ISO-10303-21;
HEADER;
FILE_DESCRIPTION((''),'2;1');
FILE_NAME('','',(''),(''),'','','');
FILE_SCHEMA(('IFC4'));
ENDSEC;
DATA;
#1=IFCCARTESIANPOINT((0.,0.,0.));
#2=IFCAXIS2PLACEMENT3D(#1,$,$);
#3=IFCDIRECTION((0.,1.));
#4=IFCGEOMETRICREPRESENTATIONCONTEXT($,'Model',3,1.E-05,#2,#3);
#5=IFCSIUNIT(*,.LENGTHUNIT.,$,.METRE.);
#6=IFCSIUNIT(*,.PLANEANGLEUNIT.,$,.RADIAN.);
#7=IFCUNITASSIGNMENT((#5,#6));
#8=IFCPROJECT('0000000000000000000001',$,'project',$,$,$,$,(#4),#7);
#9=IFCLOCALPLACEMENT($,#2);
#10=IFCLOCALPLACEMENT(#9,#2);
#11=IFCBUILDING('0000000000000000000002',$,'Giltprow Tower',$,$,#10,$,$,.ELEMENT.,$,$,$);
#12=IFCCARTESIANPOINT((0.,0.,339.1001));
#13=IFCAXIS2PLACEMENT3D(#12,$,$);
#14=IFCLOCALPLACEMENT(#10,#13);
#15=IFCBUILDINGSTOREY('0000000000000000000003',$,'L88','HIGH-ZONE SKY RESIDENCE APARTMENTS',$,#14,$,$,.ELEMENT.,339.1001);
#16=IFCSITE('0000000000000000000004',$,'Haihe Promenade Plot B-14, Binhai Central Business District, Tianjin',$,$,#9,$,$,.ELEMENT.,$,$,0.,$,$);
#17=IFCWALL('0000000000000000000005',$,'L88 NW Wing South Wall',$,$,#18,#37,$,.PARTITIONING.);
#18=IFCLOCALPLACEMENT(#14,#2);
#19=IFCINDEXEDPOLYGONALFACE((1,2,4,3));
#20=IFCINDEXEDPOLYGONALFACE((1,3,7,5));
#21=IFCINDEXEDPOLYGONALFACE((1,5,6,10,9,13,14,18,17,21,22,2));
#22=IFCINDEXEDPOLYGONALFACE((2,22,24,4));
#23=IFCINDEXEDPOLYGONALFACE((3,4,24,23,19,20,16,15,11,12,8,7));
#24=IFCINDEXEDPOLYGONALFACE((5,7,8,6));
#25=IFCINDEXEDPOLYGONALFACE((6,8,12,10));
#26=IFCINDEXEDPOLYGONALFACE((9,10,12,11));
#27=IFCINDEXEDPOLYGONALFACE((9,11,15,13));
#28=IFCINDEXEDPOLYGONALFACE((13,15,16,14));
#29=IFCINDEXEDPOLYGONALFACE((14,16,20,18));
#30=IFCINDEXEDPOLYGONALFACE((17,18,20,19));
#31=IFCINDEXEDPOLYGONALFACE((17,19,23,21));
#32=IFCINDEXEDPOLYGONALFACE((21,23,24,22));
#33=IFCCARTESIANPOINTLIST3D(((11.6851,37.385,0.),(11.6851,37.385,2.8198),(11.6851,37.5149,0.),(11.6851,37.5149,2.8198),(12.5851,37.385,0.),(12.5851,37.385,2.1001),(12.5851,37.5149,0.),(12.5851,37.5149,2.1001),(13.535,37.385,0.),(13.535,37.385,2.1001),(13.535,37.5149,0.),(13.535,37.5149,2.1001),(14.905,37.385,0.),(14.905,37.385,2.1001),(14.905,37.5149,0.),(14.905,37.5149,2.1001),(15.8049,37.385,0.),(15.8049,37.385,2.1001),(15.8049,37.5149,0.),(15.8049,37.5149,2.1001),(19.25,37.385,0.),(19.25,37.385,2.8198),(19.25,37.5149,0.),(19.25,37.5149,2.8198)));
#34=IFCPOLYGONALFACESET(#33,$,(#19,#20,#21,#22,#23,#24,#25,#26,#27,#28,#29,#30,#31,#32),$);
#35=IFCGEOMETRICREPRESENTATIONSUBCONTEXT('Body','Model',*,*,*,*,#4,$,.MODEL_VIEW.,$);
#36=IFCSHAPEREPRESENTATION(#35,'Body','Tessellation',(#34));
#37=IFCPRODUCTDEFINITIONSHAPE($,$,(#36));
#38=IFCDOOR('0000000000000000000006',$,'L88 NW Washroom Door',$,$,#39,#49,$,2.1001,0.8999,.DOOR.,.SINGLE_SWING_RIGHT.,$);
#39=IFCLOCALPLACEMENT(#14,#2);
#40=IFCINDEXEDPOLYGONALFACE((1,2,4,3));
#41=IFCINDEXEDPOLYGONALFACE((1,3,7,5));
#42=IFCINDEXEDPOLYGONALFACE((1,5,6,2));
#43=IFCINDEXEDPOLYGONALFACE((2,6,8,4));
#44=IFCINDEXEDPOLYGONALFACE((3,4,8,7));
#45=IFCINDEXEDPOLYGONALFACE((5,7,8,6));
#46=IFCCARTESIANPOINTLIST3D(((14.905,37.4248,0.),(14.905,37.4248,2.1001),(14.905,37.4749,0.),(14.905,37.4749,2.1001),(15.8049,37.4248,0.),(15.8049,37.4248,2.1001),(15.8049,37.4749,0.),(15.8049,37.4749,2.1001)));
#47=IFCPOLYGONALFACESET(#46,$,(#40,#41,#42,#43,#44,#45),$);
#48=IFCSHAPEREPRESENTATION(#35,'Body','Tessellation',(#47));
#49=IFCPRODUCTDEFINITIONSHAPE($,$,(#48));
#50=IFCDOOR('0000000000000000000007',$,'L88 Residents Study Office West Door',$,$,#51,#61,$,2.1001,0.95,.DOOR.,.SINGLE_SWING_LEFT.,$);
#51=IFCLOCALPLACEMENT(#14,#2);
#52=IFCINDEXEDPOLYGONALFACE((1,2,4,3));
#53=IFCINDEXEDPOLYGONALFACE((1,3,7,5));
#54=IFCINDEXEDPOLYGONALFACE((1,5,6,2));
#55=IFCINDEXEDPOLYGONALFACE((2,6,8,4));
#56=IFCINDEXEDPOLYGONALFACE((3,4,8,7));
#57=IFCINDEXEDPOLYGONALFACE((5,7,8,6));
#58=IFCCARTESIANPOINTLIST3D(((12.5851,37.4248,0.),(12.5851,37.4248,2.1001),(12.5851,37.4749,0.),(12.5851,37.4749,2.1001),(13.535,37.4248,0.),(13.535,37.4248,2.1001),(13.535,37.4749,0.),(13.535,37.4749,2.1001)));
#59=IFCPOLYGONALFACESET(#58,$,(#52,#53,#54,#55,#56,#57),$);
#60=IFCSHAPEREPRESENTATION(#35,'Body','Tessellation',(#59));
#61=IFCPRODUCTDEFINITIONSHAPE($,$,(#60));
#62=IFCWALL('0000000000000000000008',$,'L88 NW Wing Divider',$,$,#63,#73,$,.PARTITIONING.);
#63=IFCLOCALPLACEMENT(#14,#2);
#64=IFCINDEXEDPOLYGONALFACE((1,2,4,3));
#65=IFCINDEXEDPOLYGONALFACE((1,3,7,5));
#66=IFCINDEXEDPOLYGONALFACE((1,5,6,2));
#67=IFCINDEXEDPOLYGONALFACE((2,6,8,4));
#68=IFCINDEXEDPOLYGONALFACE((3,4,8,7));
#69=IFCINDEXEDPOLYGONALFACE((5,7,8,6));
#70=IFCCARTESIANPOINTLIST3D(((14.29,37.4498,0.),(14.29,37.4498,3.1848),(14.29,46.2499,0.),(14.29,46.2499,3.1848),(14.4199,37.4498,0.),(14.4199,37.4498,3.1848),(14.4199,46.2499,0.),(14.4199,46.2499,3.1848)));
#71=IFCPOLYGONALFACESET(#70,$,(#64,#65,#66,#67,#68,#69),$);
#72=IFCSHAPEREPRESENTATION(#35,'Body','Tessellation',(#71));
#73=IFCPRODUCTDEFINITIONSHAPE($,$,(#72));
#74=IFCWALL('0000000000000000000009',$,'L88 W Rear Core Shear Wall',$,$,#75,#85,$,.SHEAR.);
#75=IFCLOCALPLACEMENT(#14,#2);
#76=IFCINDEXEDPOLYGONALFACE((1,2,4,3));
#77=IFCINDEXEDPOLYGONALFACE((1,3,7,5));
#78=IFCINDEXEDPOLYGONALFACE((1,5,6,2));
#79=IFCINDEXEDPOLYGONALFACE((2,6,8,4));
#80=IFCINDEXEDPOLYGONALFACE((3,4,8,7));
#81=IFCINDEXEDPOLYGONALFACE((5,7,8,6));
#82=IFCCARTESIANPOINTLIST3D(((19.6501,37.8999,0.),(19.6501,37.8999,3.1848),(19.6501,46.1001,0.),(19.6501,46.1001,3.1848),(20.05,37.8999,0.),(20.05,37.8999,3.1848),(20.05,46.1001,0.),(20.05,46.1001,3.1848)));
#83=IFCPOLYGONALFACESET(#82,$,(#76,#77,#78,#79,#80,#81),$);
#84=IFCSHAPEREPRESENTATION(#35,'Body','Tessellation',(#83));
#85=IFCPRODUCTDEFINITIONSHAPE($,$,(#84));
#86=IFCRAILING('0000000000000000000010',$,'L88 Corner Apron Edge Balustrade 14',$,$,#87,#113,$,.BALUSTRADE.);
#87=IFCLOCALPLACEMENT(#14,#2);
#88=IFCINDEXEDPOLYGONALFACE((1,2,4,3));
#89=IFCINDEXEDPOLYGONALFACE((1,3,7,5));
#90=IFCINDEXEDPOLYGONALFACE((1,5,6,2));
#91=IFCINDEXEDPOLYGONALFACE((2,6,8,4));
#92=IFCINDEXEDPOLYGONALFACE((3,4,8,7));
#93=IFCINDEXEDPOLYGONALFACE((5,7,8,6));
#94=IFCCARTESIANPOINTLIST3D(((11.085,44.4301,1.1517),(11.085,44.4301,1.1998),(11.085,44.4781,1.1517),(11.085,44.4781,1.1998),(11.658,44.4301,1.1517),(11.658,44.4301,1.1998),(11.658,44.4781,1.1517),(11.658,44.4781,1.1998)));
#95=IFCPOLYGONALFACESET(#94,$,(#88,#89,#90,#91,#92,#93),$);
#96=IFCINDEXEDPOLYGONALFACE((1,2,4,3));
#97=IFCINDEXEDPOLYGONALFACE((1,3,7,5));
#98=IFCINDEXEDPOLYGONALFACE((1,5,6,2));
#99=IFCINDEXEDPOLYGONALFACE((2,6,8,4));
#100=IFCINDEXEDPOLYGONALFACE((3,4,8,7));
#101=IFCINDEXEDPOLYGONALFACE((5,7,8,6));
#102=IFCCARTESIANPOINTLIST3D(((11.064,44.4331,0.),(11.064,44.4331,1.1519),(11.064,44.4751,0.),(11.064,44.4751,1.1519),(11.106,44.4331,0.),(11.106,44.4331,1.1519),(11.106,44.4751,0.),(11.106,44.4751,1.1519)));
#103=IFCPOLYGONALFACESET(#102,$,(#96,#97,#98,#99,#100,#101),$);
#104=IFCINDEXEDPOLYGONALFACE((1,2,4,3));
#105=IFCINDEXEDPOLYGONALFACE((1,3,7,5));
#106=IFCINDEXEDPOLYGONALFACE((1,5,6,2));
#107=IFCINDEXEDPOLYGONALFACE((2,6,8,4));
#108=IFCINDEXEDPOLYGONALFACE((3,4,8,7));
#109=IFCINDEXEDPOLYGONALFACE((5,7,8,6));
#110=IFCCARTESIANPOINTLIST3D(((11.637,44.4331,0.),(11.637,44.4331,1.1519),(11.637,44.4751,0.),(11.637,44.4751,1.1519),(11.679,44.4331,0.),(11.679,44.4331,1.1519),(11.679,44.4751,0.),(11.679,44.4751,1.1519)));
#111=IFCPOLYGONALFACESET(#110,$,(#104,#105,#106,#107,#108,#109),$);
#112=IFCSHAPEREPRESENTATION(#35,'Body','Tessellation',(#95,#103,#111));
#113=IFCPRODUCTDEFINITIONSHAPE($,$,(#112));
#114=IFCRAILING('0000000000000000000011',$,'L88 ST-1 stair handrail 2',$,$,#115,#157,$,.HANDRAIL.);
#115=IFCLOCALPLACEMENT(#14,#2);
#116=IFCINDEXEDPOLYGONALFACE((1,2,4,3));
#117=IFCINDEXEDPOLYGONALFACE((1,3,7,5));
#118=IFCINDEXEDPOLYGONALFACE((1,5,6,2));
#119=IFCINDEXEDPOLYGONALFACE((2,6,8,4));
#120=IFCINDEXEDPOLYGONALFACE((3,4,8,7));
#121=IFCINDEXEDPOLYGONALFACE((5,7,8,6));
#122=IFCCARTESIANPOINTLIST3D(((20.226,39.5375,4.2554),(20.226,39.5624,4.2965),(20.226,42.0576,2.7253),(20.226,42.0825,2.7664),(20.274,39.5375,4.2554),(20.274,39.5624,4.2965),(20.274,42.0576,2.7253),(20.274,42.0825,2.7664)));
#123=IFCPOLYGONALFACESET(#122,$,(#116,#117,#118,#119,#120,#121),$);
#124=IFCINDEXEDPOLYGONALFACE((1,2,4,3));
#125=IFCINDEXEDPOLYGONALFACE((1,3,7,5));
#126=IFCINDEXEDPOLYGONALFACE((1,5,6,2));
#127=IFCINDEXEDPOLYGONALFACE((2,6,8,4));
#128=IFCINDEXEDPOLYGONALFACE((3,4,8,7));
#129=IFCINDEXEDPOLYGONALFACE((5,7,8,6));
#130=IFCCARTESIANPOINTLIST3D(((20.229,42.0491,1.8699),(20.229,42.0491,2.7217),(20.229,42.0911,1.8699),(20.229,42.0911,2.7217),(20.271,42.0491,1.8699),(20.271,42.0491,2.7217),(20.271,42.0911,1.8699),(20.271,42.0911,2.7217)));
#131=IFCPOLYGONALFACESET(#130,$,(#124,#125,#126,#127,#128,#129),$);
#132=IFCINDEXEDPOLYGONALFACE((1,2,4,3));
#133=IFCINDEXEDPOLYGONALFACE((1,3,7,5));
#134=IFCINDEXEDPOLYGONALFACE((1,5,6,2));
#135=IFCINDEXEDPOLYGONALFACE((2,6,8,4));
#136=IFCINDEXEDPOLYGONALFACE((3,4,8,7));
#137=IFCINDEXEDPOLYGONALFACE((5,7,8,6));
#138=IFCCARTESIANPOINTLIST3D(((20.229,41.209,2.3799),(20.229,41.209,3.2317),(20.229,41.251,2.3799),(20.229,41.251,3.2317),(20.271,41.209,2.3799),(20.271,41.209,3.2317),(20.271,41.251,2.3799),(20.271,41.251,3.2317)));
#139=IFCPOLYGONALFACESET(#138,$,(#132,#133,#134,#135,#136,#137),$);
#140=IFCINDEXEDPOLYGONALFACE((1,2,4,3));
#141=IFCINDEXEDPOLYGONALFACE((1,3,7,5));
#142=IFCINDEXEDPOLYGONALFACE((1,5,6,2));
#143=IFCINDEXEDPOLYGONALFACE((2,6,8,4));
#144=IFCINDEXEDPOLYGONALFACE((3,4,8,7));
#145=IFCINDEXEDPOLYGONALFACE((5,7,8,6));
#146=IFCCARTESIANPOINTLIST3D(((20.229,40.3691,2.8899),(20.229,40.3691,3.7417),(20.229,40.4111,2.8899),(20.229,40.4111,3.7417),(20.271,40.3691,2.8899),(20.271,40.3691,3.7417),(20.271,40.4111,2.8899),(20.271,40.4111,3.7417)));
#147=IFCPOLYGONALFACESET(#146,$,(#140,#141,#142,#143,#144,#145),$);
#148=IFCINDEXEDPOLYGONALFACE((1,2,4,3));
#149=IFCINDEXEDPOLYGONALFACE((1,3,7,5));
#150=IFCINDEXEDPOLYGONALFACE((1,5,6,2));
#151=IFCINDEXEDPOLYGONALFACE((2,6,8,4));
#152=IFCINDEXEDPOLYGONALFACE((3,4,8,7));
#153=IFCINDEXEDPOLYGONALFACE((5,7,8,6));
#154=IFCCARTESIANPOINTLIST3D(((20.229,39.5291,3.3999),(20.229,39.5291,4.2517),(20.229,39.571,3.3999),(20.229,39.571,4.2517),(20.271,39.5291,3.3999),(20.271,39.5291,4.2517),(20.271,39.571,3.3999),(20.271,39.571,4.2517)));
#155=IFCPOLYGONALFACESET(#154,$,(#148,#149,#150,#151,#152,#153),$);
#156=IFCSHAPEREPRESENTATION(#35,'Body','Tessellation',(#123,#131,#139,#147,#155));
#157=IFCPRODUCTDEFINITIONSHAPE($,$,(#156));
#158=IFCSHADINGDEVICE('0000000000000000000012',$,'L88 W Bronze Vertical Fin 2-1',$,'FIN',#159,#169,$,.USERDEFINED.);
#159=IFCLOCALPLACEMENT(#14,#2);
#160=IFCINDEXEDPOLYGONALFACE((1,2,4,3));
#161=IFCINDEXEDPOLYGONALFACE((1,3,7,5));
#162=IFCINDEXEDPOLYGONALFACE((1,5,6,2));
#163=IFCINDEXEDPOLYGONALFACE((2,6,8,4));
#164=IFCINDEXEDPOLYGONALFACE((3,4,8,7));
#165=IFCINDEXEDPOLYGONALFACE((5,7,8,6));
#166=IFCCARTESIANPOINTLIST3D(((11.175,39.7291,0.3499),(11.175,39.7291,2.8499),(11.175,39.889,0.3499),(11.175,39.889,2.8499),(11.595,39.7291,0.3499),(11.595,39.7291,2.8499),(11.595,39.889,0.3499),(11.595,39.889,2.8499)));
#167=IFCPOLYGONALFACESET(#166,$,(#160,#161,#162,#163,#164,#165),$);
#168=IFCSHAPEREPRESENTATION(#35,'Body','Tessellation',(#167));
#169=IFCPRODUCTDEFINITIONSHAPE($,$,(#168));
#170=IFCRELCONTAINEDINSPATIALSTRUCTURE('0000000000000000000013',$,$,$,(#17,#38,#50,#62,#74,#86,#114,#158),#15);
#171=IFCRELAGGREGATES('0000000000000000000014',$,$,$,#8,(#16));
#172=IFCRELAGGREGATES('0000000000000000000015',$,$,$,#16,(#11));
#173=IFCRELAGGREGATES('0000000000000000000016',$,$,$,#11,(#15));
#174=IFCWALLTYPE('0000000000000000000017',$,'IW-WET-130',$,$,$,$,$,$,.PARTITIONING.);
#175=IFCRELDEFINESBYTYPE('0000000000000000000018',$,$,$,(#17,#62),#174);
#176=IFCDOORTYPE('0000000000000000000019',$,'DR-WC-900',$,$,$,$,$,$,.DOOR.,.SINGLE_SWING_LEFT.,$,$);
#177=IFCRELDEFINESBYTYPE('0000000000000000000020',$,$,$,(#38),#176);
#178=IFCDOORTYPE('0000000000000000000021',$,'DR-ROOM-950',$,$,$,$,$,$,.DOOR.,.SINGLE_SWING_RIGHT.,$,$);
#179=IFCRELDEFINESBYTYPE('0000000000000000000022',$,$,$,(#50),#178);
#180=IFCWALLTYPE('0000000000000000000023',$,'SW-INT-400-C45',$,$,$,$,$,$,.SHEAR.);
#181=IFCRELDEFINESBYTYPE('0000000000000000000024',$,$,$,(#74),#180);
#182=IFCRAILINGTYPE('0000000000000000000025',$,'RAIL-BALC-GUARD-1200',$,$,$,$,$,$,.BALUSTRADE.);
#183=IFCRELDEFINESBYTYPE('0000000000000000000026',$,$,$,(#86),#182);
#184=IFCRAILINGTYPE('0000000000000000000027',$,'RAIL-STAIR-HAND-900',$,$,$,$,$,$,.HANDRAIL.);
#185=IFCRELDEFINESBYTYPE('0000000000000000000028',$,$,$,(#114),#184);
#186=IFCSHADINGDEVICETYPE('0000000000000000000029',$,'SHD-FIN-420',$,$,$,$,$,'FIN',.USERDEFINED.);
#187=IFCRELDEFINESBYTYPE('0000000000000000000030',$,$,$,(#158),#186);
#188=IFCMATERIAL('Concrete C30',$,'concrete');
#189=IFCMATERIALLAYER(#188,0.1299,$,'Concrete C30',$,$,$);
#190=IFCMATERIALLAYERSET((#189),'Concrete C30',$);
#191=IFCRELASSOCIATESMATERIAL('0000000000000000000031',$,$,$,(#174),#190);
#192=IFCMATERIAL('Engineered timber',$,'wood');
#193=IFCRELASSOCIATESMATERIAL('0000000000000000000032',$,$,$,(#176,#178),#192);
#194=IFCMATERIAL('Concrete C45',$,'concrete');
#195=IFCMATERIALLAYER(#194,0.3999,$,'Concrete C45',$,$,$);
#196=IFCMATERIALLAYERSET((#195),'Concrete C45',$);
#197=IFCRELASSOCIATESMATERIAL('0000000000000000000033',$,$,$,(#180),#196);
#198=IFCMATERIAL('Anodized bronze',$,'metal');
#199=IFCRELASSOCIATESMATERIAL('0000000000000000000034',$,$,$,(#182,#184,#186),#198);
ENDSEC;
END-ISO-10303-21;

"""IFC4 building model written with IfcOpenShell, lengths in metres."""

from ifc_helpers import new_model, si_unit, direction, frame, frame_2d, origin, origin_2d, place, context, subcontext, project, spatial, rectangle, extrude, source, transform, mapped, material, layer, layer_set, type_object, element, fill, save


model = new_model("IFC4")

# Units and contexts
model_context = context("Model", 3, precision=1e-05, world=origin(), true_north=direction((0.0, 1.0)))
body_context = subcontext(model_context, "Body", "Model", "MODEL_VIEW")
ifc_project = project(units=[si_unit("LENGTHUNIT", "METRE"), si_unit("PLANEANGLEUNIT", "RADIAN")], contexts=[model_context])

# Site, building, storey
site_placement = place(None, origin())
site = spatial("IfcSite", under=ifc_project, at=site_placement, Name="Haihe Promenade Plot B-14, Binhai Central Business District, Tianjin", CompositionType="ELEMENT", RefElevation=0.0)
building_placement = place(site_placement, origin())
building = spatial("IfcBuilding", under=site, at=building_placement, Name="Giltprow Tower", CompositionType="ELEMENT")
storey_placement = place(building_placement, frame((0.0, 0.0, 339.1001)))
storey = spatial("IfcBuildingStorey", under=building, at=storey_placement, Name="L88", Description="HIGH-ZONE SKY RESIDENCE APARTMENTS", CompositionType="ELEMENT", Elevation=339.1001)

# Shared definitions
ifc_material_1 = material(Name="Concrete C45", Category="concrete")

# Wall, openings, doors
ifc_material_2 = material(Name="Concrete C30", Category="concrete")
ifc_layer_1 = layer(ifc_material_2, 0.1299, Name="Concrete C30")
ifc_layer_set_1 = layer_set([ifc_layer_1], Name="Concrete C30")
wall_type_1 = type_object("IfcWallType", Name="IW-WET-130", PredefinedType="PARTITIONING", material=ifc_layer_set_1)
wall_1_placement = place(storey_placement, frame((11.6851, 37.45, 0.0), z_axis=(0.0, 0.0, 1.0), x_axis=(1.0, 0.0, 0.0)))
wall_1 = element("IfcWall", 1, at=wall_1_placement, inside=storey, type_object=wall_type_1, Name="L88 NW Wing South Wall", PredefinedType="PARTITIONING", context=body_context, shape_type="SweptSolid", body=[
    extrude(rectangle(XDim=7.5649, YDim=0.1299, at=frame_2d((3.7825, 0.0))), origin(), (0.0, 0.0, 1.0), 2.8198),
])
opening_1_placement = place(wall_1_placement, frame((0.8999, 0.0, 0.0)))
opening_1 = element("IfcOpeningElement", 2, at=opening_1_placement, cuts=wall_1, PredefinedType="OPENING", context=body_context, shape_type="SweptSolid", body=[
    extrude(rectangle(XDim=0.95, YDim=2.1001, at=frame_2d((0.4751, 1.05))), frame((0.0, 0.075, 0.0), z_axis=(0.0, -1.0, 0.0), x_axis=(1.0, 0.0, 0.0)), (0.0, 0.0, 1.0), 0.1499),
])
opening_2_placement = place(wall_1_placement, frame((3.22, 0.0, 0.0)))
opening_2 = element("IfcOpeningElement", 3, at=opening_2_placement, cuts=wall_1, PredefinedType="OPENING", context=body_context, shape_type="SweptSolid", body=[
    extrude(rectangle(XDim=0.8999, YDim=2.1001, at=frame_2d((0.45, 1.05))), frame((0.0, 0.075, 0.0), z_axis=(0.0, -1.0, 0.0), x_axis=(1.0, 0.0, 0.0)), (0.0, 0.0, 1.0), 0.1499),
])
ifc_material_3 = material(Name="Engineered timber", Category="wood")
door_type_1 = type_object("IfcDoorType", Name="DR-WC-900", OperationType="SINGLE_SWING_LEFT", PredefinedType="DOOR", material=ifc_material_3)
shared_shape_1 = source(origin(), body_context, "Body", "SweptSolid", [
    extrude(rectangle(XDim=0.8999, YDim=2.1001, at=frame_2d((0.45, 1.05))), frame((0.0, 0.0249, 0.0), z_axis=(0.0, -1.0, 0.0), x_axis=(1.0, 0.0, 0.0)), (0.0, 0.0, 1.0), 0.05),
])
door_1_placement = place(opening_2_placement, origin())
door_1 = element("IfcDoor", 4, at=door_1_placement, inside=storey, type_object=door_type_1, Name="L88 NW Washroom Door", OperationType="SINGLE_SWING_RIGHT", OverallHeight=2.1001, OverallWidth=0.8999, PredefinedType="DOOR", context=body_context, shape_type="MappedRepresentation", body=[
    mapped(shared_shape_1, transform((0.0, 0.0, 0.0), x_axis=(1.0, 0.0, 0.0), y_axis=(0.0, 1.0, 0.0), z_axis=(0.0, 0.0, 1.0), scale=1.0)),
])
fill(opening_2, door_1)
door_type_2 = type_object("IfcDoorType", Name="DR-ROOM-950", OperationType="SINGLE_SWING_RIGHT", PredefinedType="DOOR", material=ifc_material_3)
shared_shape_2 = source(origin(), body_context, "Body", "SweptSolid", [
    extrude(rectangle(XDim=0.95, YDim=2.1001, at=frame_2d((0.4751, 1.05))), frame((0.0, 0.0249, 0.0), z_axis=(0.0, -1.0, 0.0), x_axis=(1.0, 0.0, 0.0)), (0.0, 0.0, 1.0), 0.05),
])
door_2_placement = place(opening_1_placement, origin())
door_2 = element("IfcDoor", 5, at=door_2_placement, inside=storey, type_object=door_type_2, Name="L88 Residents Study Office West Door", OperationType="SINGLE_SWING_LEFT", OverallHeight=2.1001, OverallWidth=0.95, PredefinedType="DOOR", context=body_context, shape_type="MappedRepresentation", body=[
    mapped(shared_shape_2, transform((0.0, 0.0, 0.0), x_axis=(1.0, 0.0, 0.0), y_axis=(0.0, 1.0, 0.0), z_axis=(0.0, 0.0, 1.0), scale=1.0)),
])
fill(opening_1, door_2)

# Wall
wall_2_placement = place(storey_placement, frame((14.355, 37.45, 0.0), z_axis=(0.0, 0.0, 1.0), x_axis=(0.0, 1.0, 0.0)))
element("IfcWall", 6, at=wall_2_placement, inside=storey, type_object=wall_type_1, Name="L88 NW Wing Divider", PredefinedType="PARTITIONING", context=body_context, shape_type="SweptSolid", body=[
    extrude(rectangle(XDim=8.8, YDim=0.1299, at=frame_2d((4.3999, 0.0))), origin(), (0.0, 0.0, 1.0), 3.1848),
])

# Shared definitions
ifc_layer_2 = layer(ifc_material_1, 0.3999, Name="Concrete C45")
ifc_layer_set_2 = layer_set([ifc_layer_2], Name="Concrete C45")
wall_type_2 = type_object("IfcWallType", Name="SW-INT-400-C45", PredefinedType="SHEAR", material=ifc_layer_set_2)

# Wall
wall_3_placement = place(storey_placement, frame((19.8501, 37.8999, 0.0), z_axis=(0.0, 0.0, 1.0), x_axis=(0.0, 1.0, 0.0)))
element("IfcWall", 7, at=wall_3_placement, inside=storey, type_object=wall_type_2, Name="L88 W Rear Core Shear Wall", PredefinedType="SHEAR", context=body_context, shape_type="SweptSolid", body=[
    extrude(rectangle(XDim=8.2002, YDim=0.3999, at=frame_2d((4.1001, 0.0))), origin(), (0.0, 0.0, 1.0), 3.1848),
])

# Railings
ifc_material_4 = material(Name="Anodized bronze", Category="metal")
railing_type_1 = type_object("IfcRailingType", Name="RAIL-BALC-GUARD-1200", PredefinedType="BALUSTRADE", material=ifc_material_4)
railing_1_placement = place(storey_placement, frame((11.085, 44.4541, 0.0)))
element("IfcRailing", 8, at=railing_1_placement, inside=storey, type_object=railing_type_1, Name="L88 Corner Apron Edge Balustrade 14", PredefinedType="BALUSTRADE", context=body_context, shape_type="SweptSolid", body=[
    extrude(rectangle(XDim=0.0481, YDim=0.0481, at=origin_2d()), frame((0.0, 0.0, 1.1758), z_axis=(1.0, 0.0, 0.0), x_axis=(0.0, 1.0, 0.0)), (0.0, 0.0, 1.0), 0.573),
    extrude(rectangle(XDim=0.042, YDim=0.042, at=origin_2d()), origin(), (0.0, 0.0, 1.0), 1.1519),
    extrude(rectangle(XDim=0.042, YDim=0.042, at=origin_2d()), frame((0.573, 0.0, 0.0)), (0.0, 0.0, 1.0), 1.1519),
])
railing_type_2 = type_object("IfcRailingType", Name="RAIL-STAIR-HAND-900", PredefinedType="HANDRAIL", material=ifc_material_4)
railing_2_placement = place(storey_placement, frame((20.25, 42.0701, 1.8699)))
element("IfcRailing", 9, at=railing_2_placement, inside=storey, type_object=railing_type_2, Name="L88 ST-1 stair handrail 2", PredefinedType="HANDRAIL", context=body_context, shape_type="SweptSolid", body=[
    extrude(rectangle(XDim=0.0481, YDim=0.0481, at=origin_2d()), frame((0.0, 0.0, 0.876), z_axis=(0.0, -0.854785, 0.518982), x_axis=(1.0, 0.0, 0.0)), (0.0, 0.0, 1.0), 2.9482),
    extrude(rectangle(XDim=0.042, YDim=0.042, at=origin_2d()), origin(), (0.0, 0.0, 1.0), 0.8518),
    extrude(rectangle(XDim=0.042, YDim=0.042, at=origin_2d()), frame((0.0, -0.8401, 0.51)), (0.0, 0.0, 1.0), 0.8518),
    extrude(rectangle(XDim=0.042, YDim=0.042, at=origin_2d()), frame((0.0, -1.6799, 1.02)), (0.0, 0.0, 1.0), 0.8518),
    extrude(rectangle(XDim=0.042, YDim=0.042, at=origin_2d()), frame((0.0, -2.52, 1.53)), (0.0, 0.0, 1.0), 0.8518),
])

# Shading device
shading_device_type = type_object("IfcShadingDeviceType", Name="SHD-FIN-420", ElementType="FIN", PredefinedType="USERDEFINED", material=ifc_material_4)
shared_shape_3 = source(origin(), body_context, "Body", "SweptSolid", [
    extrude(rectangle(XDim=0.4199, YDim=0.1599, at=origin_2d()), origin(), (0.0, 0.0, 1.0), 2.5),
])
shading_device_placement = place(storey_placement, frame((11.385, 39.8091, 0.3499), z_axis=(0.0, 0.0, 1.0), x_axis=(1.0, 0.0, 0.0)))
element("IfcShadingDevice", 10, at=shading_device_placement, inside=storey, type_object=shading_device_type, Name="L88 W Bronze Vertical Fin 2-1", ObjectType="FIN", PredefinedType="USERDEFINED", context=body_context, shape_type="MappedRepresentation", body=[
    mapped(shared_shape_3, transform((0.0, 0.0, 0.0), x_axis=(1.0, 0.0, 0.0), y_axis=(0.0, 1.0, 0.0), z_axis=(0.0, 0.0, 1.0), scale=1.0)),
])

save(model, "model.ifc")
